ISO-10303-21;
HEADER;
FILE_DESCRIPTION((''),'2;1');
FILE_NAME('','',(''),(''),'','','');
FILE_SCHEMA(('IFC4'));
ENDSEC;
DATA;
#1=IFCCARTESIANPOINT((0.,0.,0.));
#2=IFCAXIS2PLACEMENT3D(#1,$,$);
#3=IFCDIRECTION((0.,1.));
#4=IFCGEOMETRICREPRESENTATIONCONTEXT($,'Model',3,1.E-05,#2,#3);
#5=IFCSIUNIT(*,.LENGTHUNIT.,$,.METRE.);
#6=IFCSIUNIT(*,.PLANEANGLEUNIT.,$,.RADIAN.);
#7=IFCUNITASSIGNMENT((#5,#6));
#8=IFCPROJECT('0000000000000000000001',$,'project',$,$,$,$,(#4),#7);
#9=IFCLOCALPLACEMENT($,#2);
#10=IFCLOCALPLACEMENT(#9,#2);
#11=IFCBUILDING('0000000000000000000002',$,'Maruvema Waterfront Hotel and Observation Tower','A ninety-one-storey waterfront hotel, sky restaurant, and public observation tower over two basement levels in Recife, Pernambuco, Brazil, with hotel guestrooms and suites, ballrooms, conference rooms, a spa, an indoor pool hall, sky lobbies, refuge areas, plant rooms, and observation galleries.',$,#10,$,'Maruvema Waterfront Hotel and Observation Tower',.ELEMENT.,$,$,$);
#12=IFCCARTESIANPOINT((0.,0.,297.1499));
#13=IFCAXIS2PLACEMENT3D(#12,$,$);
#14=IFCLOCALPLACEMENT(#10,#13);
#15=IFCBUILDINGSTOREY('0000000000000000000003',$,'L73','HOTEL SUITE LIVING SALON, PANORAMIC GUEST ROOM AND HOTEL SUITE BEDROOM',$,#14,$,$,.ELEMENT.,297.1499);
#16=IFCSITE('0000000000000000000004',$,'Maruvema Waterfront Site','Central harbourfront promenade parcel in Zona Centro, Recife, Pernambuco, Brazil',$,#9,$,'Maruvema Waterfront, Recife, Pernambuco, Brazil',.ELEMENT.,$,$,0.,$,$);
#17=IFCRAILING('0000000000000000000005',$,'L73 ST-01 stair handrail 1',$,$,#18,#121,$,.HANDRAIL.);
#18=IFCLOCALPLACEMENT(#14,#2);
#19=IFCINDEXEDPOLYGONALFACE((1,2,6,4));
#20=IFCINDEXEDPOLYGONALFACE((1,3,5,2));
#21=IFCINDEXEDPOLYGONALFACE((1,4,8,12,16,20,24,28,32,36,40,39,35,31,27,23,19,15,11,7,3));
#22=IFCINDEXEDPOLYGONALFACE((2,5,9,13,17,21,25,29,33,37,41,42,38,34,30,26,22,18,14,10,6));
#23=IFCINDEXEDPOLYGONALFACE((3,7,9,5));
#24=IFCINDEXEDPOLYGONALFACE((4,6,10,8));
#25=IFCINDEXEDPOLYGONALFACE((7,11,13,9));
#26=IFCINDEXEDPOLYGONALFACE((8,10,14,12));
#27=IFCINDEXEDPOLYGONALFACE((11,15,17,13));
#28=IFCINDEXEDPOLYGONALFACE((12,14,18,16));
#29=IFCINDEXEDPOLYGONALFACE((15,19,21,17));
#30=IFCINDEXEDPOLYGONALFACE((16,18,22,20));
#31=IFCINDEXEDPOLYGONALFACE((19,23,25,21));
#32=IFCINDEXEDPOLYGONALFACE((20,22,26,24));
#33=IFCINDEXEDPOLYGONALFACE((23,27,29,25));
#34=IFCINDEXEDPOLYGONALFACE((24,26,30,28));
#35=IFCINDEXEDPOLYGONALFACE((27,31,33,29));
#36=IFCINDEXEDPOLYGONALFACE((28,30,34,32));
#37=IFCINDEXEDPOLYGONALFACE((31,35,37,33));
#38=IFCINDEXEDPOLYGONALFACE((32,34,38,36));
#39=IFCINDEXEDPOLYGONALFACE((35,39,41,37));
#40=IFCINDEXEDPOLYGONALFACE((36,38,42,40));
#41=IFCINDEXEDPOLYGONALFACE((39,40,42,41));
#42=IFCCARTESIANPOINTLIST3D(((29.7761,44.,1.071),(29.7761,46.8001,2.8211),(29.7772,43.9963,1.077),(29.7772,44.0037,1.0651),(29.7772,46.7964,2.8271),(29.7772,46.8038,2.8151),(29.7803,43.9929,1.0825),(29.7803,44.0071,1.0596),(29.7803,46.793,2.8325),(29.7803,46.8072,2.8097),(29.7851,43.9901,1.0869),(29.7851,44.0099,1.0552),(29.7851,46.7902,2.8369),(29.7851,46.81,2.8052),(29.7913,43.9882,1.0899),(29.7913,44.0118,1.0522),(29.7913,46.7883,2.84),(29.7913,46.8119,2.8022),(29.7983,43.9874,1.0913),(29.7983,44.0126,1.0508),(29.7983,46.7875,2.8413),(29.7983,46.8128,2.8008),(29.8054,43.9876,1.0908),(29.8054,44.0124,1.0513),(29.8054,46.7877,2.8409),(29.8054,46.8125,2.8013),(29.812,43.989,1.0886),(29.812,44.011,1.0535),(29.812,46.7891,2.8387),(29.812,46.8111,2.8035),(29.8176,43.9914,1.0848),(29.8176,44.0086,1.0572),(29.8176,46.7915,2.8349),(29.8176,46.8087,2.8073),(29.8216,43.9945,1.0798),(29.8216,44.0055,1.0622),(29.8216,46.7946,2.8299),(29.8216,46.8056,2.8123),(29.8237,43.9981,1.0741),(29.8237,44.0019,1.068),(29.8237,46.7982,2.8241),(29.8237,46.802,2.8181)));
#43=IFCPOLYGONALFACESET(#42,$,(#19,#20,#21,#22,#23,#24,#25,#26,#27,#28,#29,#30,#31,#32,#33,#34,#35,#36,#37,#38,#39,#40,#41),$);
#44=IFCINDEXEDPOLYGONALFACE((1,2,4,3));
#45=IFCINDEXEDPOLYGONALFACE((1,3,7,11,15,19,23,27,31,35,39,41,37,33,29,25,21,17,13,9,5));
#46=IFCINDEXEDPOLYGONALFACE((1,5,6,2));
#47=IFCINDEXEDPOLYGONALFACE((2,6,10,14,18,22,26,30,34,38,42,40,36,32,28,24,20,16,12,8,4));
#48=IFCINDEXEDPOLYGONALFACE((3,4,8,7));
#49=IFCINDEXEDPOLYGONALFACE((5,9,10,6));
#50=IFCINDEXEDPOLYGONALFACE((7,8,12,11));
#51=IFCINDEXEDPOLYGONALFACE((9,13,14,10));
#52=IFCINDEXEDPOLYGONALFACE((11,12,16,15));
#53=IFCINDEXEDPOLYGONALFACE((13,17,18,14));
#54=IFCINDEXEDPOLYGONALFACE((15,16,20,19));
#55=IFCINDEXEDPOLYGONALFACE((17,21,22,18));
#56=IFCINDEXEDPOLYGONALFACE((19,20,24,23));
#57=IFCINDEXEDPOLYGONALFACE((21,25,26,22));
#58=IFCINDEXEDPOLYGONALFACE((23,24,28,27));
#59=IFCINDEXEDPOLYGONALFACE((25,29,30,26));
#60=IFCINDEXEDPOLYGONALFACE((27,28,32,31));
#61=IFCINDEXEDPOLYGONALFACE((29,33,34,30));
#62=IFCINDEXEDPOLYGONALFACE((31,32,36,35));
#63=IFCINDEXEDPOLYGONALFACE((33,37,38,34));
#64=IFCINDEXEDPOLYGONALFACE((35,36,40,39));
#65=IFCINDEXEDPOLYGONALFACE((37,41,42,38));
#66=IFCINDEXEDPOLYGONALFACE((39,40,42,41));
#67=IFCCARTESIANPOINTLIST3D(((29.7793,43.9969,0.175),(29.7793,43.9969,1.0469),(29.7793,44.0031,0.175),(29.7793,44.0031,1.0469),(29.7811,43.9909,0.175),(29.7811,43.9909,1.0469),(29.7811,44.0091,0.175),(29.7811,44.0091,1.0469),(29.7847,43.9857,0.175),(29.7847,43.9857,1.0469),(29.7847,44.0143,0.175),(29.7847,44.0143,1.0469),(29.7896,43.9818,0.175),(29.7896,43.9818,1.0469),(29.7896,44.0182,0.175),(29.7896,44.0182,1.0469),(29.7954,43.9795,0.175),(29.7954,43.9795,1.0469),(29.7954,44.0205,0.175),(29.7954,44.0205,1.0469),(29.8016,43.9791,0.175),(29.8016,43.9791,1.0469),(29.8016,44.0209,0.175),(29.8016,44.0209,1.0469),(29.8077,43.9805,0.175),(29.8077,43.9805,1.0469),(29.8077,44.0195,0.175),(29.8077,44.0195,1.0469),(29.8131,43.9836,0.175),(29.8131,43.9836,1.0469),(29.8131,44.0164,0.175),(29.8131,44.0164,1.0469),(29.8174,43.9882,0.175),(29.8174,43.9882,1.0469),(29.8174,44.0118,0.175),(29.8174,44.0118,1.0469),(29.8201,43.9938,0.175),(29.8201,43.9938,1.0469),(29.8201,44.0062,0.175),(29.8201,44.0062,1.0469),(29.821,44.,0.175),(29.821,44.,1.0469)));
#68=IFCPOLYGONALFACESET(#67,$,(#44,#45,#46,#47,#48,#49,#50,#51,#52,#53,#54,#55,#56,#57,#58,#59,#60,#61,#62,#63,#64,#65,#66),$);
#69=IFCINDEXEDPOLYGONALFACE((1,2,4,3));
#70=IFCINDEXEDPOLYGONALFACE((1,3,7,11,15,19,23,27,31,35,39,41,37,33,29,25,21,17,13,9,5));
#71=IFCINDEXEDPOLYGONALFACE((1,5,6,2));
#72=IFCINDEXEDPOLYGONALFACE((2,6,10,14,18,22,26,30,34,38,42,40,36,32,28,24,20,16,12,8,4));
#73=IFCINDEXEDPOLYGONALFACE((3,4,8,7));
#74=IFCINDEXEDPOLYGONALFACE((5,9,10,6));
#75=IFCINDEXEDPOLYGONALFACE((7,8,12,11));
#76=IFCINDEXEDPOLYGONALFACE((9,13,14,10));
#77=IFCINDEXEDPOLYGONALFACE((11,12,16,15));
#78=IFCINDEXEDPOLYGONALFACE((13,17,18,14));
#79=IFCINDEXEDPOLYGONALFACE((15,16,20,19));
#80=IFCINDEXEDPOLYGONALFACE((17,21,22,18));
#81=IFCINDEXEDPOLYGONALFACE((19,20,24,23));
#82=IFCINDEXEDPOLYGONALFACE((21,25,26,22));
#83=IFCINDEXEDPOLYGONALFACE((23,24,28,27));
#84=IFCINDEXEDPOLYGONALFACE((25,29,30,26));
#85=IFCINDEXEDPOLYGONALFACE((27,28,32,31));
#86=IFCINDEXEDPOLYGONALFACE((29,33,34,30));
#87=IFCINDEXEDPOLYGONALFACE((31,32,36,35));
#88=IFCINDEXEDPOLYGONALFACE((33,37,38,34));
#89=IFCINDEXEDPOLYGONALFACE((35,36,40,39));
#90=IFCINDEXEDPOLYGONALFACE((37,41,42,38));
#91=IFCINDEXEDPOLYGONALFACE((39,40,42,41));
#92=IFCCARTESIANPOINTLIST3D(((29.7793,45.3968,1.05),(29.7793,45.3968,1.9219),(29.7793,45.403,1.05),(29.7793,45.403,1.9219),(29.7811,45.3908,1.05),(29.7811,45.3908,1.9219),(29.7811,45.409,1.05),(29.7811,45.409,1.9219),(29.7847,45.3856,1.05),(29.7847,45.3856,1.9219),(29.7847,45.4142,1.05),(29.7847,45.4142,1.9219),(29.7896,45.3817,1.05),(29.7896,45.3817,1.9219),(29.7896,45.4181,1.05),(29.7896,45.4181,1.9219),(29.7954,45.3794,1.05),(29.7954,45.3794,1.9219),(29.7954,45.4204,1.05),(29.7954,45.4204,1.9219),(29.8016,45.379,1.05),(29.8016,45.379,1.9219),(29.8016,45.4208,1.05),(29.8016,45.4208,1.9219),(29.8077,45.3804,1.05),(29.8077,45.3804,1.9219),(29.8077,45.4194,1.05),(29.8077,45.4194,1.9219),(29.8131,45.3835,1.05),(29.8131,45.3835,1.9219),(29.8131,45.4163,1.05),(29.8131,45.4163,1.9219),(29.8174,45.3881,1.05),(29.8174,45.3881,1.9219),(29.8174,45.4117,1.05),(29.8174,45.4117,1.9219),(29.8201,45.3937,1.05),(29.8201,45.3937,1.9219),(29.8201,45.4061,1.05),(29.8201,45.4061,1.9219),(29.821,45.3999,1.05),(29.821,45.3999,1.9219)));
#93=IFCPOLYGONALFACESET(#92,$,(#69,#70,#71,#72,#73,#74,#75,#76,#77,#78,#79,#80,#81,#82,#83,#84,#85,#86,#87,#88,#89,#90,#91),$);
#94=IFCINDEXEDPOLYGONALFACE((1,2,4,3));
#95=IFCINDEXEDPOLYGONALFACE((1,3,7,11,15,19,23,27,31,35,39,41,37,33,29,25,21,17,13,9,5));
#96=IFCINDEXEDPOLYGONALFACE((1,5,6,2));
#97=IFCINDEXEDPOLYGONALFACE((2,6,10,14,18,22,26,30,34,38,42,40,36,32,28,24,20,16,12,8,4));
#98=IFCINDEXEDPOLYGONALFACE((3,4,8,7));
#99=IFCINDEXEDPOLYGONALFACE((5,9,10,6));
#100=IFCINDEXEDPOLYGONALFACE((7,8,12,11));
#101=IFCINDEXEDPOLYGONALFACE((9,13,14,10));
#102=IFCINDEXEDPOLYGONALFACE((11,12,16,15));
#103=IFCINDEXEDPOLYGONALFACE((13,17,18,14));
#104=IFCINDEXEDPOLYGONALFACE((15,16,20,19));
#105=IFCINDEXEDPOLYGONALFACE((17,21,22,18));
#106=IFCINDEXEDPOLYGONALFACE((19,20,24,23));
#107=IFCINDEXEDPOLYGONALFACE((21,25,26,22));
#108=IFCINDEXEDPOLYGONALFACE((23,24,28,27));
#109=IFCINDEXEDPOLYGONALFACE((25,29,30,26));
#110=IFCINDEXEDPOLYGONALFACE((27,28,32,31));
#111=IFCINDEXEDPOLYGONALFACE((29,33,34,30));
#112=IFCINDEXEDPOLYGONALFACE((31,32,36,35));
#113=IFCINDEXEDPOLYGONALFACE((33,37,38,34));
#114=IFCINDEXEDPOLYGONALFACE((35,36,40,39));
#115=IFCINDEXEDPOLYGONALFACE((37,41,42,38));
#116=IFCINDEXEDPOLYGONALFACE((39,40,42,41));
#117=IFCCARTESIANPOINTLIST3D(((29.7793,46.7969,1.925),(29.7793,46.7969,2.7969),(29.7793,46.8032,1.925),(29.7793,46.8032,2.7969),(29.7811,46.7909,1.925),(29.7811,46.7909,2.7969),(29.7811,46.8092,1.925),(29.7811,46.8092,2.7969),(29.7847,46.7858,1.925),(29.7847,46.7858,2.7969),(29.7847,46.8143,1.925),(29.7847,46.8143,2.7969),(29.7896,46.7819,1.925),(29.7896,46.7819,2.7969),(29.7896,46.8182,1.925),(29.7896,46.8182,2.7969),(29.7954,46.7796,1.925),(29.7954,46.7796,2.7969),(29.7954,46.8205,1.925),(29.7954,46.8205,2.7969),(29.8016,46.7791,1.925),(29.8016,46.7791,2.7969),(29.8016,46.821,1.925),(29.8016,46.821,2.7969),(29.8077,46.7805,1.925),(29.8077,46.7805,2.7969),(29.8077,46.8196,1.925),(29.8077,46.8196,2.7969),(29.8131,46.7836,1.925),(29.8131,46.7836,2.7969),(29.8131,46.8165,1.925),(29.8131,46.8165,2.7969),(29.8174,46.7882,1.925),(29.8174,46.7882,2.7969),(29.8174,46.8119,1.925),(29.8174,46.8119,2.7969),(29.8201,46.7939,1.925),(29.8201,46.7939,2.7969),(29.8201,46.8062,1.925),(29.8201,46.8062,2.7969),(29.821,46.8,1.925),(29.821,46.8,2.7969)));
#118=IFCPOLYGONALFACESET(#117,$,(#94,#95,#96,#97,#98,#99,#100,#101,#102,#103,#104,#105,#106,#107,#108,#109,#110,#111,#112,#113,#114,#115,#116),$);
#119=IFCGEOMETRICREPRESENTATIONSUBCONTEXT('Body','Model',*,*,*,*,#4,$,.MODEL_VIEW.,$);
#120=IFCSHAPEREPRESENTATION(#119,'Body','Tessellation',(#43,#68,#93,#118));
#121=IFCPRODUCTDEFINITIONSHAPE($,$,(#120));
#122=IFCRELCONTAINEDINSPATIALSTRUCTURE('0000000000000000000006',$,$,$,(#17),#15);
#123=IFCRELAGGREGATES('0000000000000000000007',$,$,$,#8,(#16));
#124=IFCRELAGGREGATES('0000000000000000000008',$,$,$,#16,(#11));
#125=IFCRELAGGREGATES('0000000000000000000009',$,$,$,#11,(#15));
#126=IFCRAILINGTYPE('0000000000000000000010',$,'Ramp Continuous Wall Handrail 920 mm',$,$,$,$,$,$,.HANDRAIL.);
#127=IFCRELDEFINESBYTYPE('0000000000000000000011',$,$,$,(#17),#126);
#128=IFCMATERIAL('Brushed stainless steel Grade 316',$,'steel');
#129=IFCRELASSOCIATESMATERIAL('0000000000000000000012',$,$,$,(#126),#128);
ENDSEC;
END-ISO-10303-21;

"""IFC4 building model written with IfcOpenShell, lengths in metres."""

from ifc_helpers import new_model, si_unit, direction, frame, origin, origin_2d, place, context, subcontext, project, spatial, circle, extrude, material, type_object, element, save


model = new_model("IFC4")

# Units and contexts
model_context = context("Model", 3, precision=1e-05, world=origin(), true_north=direction((0.0, 1.0)))
body_context = subcontext(model_context, "Body", "Model", "MODEL_VIEW")
ifc_project = project(units=[si_unit("LENGTHUNIT", "METRE"), si_unit("PLANEANGLEUNIT", "RADIAN")], contexts=[model_context])

# Site, building, storey
site_placement = place(None, origin())
site = spatial("IfcSite", under=ifc_project, at=site_placement, Name="Maruvema Waterfront Site", Description="Central harbourfront promenade parcel in Zona Centro, Recife, Pernambuco, Brazil", LongName="Maruvema Waterfront, Recife, Pernambuco, Brazil", CompositionType="ELEMENT", RefElevation=0.0)
building_placement = place(site_placement, origin())
building = spatial("IfcBuilding", under=site, at=building_placement, Name="Maruvema Waterfront Hotel and Observation Tower", Description="A ninety-one-storey waterfront hotel, sky restaurant, and public observation tower over two basement levels in Recife, Pernambuco, Brazil, with hotel guestrooms and suites, ballrooms, conference rooms, a spa, an indoor pool hall, sky lobbies, refuge areas, plant rooms, and observation galleries.", LongName="Maruvema Waterfront Hotel and Observation Tower", CompositionType="ELEMENT")
storey_placement = place(building_placement, frame((0.0, 0.0, 297.1499)))
storey = spatial("IfcBuildingStorey", under=building, at=storey_placement, Name="L73", Description="HOTEL SUITE LIVING SALON, PANORAMIC GUEST ROOM AND HOTEL SUITE BEDROOM", CompositionType="ELEMENT", Elevation=297.1499)

# Railing
ifc_material_1 = material(Name="Brushed stainless steel Grade 316", Category="steel")
railing_type_1 = type_object("IfcRailingType", Name="Ramp Continuous Wall Handrail 920 mm", PredefinedType="HANDRAIL", material=ifc_material_1)
railing_1_placement = place(storey_placement, frame((29.8, 44.0, 0.175)))
element("IfcRailing", 1, at=railing_1_placement, inside=storey, type_object=railing_type_1, Name="L73 ST-01 stair handrail 1", PredefinedType="HANDRAIL", context=body_context, shape_type="SweptSolid", body=[
    extrude(circle(Radius=0.0239, at=origin_2d()), frame((0.0, 0.0, 0.896), z_axis=(0.0, 0.848002, 0.529992), x_axis=(-1.0, 0.0, 0.0)), (0.0, 0.0, 1.0), 3.302),
    extrude(circle(Radius=0.021, at=origin_2d()), origin(), (0.0, 0.0, 1.0), 0.8718),
    extrude(circle(Radius=0.021, at=origin_2d()), frame((0.0, 1.3999, 0.875)), (0.0, 0.0, 1.0), 0.8718),
    extrude(circle(Radius=0.021, at=origin_2d()), frame((0.0, 2.8, 1.75)), (0.0, 0.0, 1.0), 0.8718),
])

save(model, "model.ifc")
